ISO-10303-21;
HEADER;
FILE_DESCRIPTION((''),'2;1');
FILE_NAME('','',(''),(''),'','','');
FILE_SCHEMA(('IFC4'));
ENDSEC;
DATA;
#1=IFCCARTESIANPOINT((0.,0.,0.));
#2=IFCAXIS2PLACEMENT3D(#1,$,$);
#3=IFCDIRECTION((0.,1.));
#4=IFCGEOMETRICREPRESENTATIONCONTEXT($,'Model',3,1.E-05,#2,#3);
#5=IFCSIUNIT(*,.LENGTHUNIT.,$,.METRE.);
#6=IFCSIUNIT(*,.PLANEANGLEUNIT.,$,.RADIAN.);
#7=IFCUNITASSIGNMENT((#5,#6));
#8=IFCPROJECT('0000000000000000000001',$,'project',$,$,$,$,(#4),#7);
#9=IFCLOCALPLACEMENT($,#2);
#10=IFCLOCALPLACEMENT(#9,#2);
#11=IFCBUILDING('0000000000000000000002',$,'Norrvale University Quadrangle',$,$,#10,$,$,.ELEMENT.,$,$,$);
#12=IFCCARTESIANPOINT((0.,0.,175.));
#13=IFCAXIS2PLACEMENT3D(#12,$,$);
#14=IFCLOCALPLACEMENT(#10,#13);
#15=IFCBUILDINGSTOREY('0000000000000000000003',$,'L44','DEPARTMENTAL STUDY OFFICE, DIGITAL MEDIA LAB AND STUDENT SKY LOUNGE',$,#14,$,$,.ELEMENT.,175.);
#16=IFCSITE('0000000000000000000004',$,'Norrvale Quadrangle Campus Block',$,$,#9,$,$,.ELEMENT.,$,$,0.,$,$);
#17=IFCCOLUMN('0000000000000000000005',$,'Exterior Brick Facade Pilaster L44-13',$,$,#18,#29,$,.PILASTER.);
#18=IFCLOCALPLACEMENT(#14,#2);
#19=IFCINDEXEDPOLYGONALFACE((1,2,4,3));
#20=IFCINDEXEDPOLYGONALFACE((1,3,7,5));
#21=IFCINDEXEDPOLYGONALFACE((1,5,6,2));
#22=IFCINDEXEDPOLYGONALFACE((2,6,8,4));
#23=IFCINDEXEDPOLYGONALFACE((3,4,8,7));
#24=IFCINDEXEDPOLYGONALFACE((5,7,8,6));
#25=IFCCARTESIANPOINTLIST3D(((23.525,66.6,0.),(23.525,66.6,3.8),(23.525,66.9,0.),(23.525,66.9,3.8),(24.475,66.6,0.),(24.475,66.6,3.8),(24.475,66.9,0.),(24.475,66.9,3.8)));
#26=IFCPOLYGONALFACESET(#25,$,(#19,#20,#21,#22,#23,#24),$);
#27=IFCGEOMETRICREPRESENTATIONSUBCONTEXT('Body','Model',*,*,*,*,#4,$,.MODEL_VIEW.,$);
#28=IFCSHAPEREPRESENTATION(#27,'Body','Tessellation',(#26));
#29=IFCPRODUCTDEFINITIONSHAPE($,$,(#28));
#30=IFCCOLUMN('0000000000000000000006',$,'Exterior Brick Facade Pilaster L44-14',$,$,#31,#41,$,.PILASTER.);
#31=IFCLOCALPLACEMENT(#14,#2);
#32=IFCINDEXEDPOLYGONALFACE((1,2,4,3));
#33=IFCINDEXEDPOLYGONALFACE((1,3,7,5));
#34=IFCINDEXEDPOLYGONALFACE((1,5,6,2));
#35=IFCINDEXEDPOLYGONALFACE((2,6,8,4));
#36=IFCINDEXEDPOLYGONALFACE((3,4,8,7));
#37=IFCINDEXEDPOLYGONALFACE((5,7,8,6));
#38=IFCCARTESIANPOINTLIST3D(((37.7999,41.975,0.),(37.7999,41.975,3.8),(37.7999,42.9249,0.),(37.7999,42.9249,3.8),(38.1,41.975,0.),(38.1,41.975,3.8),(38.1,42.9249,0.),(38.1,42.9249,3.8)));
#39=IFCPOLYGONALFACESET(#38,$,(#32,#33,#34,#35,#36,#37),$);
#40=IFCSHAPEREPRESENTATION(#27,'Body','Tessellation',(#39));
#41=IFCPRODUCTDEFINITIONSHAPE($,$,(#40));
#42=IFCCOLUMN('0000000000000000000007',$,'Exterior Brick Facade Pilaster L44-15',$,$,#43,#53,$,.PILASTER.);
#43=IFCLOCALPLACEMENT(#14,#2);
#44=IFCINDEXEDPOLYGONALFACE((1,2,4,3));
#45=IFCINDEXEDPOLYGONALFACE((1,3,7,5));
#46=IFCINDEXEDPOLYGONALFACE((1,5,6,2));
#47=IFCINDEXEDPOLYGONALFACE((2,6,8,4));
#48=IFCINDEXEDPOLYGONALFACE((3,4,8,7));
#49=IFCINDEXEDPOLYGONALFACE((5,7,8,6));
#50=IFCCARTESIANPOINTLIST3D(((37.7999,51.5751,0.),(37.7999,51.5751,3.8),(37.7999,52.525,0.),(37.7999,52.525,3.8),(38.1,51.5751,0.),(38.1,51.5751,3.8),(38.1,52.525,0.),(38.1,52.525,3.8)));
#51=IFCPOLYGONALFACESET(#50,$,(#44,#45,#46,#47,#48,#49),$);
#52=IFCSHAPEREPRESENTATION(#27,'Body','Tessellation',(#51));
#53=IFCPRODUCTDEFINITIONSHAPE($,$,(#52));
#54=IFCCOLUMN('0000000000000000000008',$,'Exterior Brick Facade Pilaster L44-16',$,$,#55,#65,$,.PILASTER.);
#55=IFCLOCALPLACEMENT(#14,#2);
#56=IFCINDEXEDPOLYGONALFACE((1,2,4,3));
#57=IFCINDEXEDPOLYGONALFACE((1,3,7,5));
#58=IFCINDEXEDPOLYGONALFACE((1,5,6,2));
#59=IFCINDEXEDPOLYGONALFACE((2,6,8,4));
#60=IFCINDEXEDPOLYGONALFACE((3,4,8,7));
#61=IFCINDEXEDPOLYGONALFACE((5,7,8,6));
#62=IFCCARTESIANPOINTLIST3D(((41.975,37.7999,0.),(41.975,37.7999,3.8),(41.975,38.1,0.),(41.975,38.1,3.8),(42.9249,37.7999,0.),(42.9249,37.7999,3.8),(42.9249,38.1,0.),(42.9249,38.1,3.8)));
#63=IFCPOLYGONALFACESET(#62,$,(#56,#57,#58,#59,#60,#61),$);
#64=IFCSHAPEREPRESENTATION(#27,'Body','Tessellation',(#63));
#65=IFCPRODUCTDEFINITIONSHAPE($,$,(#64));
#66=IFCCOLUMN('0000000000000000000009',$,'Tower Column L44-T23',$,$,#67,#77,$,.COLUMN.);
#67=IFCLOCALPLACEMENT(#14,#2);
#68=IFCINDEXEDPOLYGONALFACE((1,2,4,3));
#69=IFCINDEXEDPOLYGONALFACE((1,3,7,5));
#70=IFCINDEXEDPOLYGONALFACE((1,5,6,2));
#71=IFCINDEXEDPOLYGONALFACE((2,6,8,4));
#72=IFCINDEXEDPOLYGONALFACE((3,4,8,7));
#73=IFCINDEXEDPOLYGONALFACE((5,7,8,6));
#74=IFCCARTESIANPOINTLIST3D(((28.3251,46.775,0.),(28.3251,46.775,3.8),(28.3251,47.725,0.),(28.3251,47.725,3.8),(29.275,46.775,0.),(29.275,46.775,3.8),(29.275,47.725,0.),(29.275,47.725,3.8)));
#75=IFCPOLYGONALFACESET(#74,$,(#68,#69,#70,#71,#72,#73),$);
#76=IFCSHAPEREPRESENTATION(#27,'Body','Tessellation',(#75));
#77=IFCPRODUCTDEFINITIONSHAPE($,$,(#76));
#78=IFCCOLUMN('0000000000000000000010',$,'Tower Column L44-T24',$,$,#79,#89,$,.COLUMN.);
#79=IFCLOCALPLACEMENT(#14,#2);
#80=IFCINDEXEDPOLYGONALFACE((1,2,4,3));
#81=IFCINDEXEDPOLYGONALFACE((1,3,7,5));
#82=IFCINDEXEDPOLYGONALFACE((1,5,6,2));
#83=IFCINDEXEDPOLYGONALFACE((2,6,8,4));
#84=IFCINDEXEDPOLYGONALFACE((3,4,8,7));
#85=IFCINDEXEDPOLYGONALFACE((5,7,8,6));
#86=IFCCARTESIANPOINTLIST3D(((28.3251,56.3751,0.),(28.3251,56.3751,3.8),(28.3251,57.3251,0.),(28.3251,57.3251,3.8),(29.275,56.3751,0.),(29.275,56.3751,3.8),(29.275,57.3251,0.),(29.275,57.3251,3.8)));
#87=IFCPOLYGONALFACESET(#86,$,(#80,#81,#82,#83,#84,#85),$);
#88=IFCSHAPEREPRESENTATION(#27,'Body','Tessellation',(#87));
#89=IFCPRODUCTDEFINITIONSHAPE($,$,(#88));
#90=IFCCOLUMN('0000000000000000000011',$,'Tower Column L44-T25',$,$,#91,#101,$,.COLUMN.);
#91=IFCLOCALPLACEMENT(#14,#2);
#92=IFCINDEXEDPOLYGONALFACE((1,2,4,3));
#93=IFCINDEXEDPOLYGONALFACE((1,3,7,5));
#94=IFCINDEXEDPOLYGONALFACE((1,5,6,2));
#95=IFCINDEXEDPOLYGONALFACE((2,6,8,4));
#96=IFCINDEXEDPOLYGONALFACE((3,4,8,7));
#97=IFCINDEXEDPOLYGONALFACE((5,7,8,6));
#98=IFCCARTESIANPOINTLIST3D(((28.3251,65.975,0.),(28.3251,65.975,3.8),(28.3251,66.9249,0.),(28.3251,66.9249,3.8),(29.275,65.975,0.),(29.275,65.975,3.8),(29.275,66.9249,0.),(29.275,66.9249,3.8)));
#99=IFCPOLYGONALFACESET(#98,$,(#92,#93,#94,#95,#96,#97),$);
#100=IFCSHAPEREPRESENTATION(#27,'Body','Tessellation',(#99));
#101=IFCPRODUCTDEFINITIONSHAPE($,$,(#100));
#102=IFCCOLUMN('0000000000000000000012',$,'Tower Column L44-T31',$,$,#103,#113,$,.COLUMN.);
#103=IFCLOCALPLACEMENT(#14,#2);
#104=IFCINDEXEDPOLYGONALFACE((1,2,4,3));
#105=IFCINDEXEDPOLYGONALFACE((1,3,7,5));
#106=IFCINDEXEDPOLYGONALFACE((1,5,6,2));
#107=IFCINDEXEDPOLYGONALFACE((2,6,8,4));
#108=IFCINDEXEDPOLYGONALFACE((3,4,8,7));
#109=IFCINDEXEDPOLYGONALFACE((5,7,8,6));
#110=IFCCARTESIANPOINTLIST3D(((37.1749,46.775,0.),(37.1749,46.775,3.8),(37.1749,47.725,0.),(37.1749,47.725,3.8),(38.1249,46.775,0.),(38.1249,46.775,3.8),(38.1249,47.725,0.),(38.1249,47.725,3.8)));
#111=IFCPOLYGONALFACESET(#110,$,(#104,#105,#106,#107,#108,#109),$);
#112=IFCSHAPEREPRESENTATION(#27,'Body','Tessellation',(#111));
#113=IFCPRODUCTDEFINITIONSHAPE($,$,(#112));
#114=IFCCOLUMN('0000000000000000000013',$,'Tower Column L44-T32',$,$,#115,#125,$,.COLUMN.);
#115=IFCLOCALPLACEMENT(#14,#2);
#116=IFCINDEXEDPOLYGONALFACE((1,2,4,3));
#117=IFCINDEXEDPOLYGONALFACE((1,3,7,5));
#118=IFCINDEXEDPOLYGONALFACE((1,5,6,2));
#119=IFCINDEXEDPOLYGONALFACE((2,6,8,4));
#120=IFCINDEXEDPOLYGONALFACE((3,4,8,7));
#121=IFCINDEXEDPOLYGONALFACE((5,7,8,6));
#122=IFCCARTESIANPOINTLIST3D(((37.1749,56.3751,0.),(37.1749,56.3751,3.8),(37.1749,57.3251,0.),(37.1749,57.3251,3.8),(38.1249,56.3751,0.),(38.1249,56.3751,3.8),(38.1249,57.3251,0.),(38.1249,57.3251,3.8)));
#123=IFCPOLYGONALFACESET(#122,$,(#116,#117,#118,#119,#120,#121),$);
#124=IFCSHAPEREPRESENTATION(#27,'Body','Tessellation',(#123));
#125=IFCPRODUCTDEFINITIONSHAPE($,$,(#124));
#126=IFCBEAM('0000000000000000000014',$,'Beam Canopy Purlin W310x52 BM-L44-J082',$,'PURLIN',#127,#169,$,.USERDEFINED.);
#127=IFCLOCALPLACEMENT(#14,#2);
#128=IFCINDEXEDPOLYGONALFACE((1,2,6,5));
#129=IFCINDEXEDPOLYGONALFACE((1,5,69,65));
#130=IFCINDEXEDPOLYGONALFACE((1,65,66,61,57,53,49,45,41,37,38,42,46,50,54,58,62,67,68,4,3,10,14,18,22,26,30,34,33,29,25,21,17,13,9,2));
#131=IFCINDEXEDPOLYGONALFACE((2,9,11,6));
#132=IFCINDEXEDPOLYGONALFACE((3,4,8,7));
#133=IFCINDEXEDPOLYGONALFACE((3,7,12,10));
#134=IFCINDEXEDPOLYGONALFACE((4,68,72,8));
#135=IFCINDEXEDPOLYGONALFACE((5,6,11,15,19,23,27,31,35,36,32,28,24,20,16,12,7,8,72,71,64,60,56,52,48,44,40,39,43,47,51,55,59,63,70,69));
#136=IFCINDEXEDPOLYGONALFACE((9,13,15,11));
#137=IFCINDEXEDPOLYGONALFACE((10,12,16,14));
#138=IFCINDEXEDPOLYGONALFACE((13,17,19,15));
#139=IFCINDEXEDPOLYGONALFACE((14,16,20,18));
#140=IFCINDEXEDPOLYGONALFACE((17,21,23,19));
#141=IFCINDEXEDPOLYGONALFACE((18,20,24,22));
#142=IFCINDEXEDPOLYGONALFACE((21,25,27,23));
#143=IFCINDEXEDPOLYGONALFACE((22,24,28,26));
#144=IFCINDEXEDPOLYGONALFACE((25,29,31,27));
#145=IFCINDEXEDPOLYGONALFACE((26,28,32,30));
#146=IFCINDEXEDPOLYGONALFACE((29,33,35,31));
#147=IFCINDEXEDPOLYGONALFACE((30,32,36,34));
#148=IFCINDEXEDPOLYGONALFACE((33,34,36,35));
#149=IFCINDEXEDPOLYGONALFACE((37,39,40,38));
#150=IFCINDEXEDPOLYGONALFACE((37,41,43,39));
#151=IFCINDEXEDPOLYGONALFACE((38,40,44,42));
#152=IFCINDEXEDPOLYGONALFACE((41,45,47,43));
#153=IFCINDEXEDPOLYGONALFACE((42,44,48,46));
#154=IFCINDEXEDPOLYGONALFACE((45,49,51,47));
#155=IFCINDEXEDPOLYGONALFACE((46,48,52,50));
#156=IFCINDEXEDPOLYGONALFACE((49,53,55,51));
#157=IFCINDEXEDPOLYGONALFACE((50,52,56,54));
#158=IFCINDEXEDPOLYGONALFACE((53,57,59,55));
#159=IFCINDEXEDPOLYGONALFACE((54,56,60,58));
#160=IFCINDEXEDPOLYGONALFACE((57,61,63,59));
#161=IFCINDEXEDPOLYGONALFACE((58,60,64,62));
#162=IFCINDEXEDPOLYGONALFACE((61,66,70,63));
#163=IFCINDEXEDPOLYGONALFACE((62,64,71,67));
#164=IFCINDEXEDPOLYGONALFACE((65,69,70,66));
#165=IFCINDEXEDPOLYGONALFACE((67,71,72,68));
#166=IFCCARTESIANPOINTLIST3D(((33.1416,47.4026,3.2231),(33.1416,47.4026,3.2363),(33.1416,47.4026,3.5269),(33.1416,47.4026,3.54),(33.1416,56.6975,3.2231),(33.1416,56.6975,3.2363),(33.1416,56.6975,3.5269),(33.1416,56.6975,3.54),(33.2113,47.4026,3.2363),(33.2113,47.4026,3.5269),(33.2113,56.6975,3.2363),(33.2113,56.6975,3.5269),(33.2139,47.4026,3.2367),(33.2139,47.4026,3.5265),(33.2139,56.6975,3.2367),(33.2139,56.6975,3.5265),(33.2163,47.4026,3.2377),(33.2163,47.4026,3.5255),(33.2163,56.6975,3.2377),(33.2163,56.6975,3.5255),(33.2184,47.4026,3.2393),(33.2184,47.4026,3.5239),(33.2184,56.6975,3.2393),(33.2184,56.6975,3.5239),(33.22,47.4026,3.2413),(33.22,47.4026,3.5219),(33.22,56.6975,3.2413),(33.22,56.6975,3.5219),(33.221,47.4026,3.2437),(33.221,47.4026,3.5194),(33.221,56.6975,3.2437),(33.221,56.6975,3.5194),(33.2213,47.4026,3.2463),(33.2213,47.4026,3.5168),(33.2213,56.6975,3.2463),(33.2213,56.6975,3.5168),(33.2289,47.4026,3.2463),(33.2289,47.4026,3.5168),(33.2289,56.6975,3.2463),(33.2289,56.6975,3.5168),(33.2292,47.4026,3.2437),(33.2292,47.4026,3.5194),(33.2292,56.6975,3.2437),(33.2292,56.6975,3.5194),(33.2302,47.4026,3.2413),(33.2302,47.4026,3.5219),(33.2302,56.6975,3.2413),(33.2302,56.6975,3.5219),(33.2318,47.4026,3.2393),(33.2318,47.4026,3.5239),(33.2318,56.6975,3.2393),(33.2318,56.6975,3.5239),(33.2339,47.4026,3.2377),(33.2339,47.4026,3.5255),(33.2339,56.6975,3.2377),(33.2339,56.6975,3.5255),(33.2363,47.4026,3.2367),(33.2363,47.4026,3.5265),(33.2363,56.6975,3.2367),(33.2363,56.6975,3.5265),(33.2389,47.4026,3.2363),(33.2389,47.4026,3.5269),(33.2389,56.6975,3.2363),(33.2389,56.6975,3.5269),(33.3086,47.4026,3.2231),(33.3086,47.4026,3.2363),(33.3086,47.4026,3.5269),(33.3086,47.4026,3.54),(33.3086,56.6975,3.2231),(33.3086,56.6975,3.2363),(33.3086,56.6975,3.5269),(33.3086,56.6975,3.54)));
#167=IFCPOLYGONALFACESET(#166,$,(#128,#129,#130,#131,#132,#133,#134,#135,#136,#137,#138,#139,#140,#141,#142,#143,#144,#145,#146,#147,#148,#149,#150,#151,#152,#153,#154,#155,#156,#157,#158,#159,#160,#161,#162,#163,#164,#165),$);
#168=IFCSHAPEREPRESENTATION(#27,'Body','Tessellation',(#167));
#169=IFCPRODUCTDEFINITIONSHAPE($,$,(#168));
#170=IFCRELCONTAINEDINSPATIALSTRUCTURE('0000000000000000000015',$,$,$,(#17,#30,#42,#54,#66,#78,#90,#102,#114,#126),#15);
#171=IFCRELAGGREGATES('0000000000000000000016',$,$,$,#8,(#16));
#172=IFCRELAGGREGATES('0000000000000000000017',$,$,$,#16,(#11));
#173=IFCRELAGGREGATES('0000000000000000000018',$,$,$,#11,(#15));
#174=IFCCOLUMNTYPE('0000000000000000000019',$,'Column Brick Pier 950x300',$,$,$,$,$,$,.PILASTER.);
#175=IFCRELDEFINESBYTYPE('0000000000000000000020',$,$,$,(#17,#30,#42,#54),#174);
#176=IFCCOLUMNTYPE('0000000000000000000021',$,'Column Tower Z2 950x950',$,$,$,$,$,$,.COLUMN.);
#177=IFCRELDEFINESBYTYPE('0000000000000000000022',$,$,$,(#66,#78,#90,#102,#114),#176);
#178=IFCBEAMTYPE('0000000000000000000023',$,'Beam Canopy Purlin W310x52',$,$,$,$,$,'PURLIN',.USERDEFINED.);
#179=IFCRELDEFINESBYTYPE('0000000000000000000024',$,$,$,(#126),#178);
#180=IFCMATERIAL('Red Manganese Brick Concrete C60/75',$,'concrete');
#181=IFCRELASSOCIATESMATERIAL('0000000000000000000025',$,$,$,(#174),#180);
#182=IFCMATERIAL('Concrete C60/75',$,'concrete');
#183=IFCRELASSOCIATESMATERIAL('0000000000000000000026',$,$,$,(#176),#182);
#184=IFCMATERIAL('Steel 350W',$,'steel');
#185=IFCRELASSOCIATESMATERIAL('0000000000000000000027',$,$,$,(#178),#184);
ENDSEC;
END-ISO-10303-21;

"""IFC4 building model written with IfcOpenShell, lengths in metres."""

from ifc_helpers import new_model, si_unit, direction, frame, origin, origin_2d, place, context, subcontext, project, spatial, rectangle, i_section, extrude, material, material_profile, profile_set, type_object, element, save


model = new_model("IFC4")

# Units and contexts
model_context = context("Model", 3, precision=1e-05, world=origin(), true_north=direction((0.0, 1.0)))
body_context = subcontext(model_context, "Body", "Model", "MODEL_VIEW")
ifc_project = project(units=[si_unit("LENGTHUNIT", "METRE"), si_unit("PLANEANGLEUNIT", "RADIAN")], contexts=[model_context])

# Site, building, storey
site_placement = place(None, origin())
site = spatial("IfcSite", under=ifc_project, at=site_placement, Name="Norrvale Quadrangle Campus Block", CompositionType="ELEMENT", RefElevation=0.0)
building_placement = place(site_placement, origin())
building = spatial("IfcBuilding", under=site, at=building_placement, Name="Norrvale University Quadrangle", CompositionType="ELEMENT")
storey_placement = place(building_placement, frame((0.0, 0.0, 175.0)))
storey = spatial("IfcBuildingStorey", under=building, at=storey_placement, Name="L44", Description="DEPARTMENTAL STUDY OFFICE, DIGITAL MEDIA LAB AND STUDENT SKY LOUNGE", CompositionType="ELEMENT", Elevation=175.0)

# Columns
ifc_material_1 = material(Name="Red Manganese Brick Concrete C60/75", Category="concrete")
ifc_material_profile_1 = material_profile(ifc_material_1, rectangle(XDim=0.95, YDim=0.3, at=origin_2d()), Name="Red Manganese Brick Concrete C60/75")
ifc_profile_set_1 = profile_set([ifc_material_profile_1], Name="Red Manganese Brick Concrete C60/75")
column_type_1 = type_object("IfcColumnType", Name="Column Brick Pier 950x300", PredefinedType="PILASTER", material=ifc_profile_set_1)
for number, where, z_axis, x_axis, name in (
    (1, (24.0, 66.75, 0.0), (0.0, 0.0, 1.0), (1.0, 0.0, 0.0), "Exterior Brick Facade Pilaster L44-13"),
    (2, (37.95, 42.45, 0.0), (0.0, 0.0, 1.0), (0.0, 1.0, 0.0), "Exterior Brick Facade Pilaster L44-14"),
    (3, (37.95, 52.05, 0.0), (0.0, 0.0, 1.0), (0.0, 1.0, 0.0), "Exterior Brick Facade Pilaster L44-15"),
    (4, (42.45, 37.95, 0.0), (0.0, 0.0, 1.0), (1.0, 0.0, 0.0), "Exterior Brick Facade Pilaster L44-16"),
):
    element("IfcColumn", number, at=place(storey_placement, frame(where, z_axis=z_axis, x_axis=x_axis)), inside=storey, type_object=column_type_1, Name=name, PredefinedType="PILASTER", context=body_context, shape_type="SweptSolid", body=[
        extrude(rectangle(XDim=0.95, YDim=0.3, at=origin_2d()), origin(), (0.0, 0.0, 1.0), 3.8),
    ])
ifc_material_2 = material(Name="Concrete C60/75", Category="concrete")
ifc_material_profile_2 = material_profile(ifc_material_2, rectangle(XDim=0.95, YDim=0.95, at=origin_2d()), Name="Concrete C60/75")
ifc_profile_set_2 = profile_set([ifc_material_profile_2], Name="Concrete C60/75")
column_type_2 = type_object("IfcColumnType", Name="Column Tower Z2 950x950", PredefinedType="COLUMN", material=ifc_profile_set_2)
for number, where, z_axis, x_axis, name in (
    (5, (28.8, 47.25, 0.0), (0.0, 0.0, 1.0), (1.0, 0.0, 0.0), "Tower Column L44-T23"),
    (6, (28.8, 56.8501, 0.0), (0.0, 0.0, 1.0), (1.0, 0.0, 0.0), "Tower Column L44-T24"),
    (7, (28.8, 66.45, 0.0), (0.0, 0.0, 1.0), (1.0, 0.0, 0.0), "Tower Column L44-T25"),
    (8, (37.6499, 47.25, 0.0), (0.0, 0.0, 1.0), (1.0, 0.0, 0.0), "Tower Column L44-T31"),
    (9, (37.6499, 56.8501, 0.0), (0.0, 0.0, 1.0), (1.0, 0.0, 0.0), "Tower Column L44-T32"),
):
    element("IfcColumn", number, at=place(storey_placement, frame(where, z_axis=z_axis, x_axis=x_axis)), inside=storey, type_object=column_type_2, Name=name, PredefinedType="COLUMN", context=body_context, shape_type="SweptSolid", body=[
        extrude(rectangle(XDim=0.95, YDim=0.95, at=origin_2d()), origin(), (0.0, 0.0, 1.0), 3.8),
    ])

# Beam
ifc_material_3 = material(Name="Steel 350W", Category="steel")
ifc_material_profile_3 = material_profile(ifc_material_3, i_section(OverallWidth=0.167, OverallDepth=0.3169, WebThickness=0.0076, FlangeThickness=0.0132, FilletRadius=0.01, at=origin_2d()), Name="Steel 350W")
ifc_profile_set_3 = profile_set([ifc_material_profile_3], Name="Steel 350W")
beam_type_1 = type_object("IfcBeamType", Name="Beam Canopy Purlin W310x52", ElementType="PURLIN", PredefinedType="USERDEFINED", material=ifc_profile_set_3)
beam_1_placement = place(storey_placement, frame((33.2251, 47.4026, 3.3816), z_axis=(0.0, 1.0, 0.0), x_axis=(-1.0, 0.0, 0.0)))
element("IfcBeam", 10, at=beam_1_placement, inside=storey, type_object=beam_type_1, Name="Beam Canopy Purlin W310x52 BM-L44-J082", ObjectType="PURLIN", PredefinedType="USERDEFINED", context=body_context, shape_type="SweptSolid", body=[
    extrude(i_section(OverallWidth=0.167, OverallDepth=0.3169, WebThickness=0.0076, FlangeThickness=0.0132, FilletRadius=0.01, at=origin_2d()), origin(), (0.0, 0.0, 1.0), 9.2949),
])

save(model, "model.ifc")
